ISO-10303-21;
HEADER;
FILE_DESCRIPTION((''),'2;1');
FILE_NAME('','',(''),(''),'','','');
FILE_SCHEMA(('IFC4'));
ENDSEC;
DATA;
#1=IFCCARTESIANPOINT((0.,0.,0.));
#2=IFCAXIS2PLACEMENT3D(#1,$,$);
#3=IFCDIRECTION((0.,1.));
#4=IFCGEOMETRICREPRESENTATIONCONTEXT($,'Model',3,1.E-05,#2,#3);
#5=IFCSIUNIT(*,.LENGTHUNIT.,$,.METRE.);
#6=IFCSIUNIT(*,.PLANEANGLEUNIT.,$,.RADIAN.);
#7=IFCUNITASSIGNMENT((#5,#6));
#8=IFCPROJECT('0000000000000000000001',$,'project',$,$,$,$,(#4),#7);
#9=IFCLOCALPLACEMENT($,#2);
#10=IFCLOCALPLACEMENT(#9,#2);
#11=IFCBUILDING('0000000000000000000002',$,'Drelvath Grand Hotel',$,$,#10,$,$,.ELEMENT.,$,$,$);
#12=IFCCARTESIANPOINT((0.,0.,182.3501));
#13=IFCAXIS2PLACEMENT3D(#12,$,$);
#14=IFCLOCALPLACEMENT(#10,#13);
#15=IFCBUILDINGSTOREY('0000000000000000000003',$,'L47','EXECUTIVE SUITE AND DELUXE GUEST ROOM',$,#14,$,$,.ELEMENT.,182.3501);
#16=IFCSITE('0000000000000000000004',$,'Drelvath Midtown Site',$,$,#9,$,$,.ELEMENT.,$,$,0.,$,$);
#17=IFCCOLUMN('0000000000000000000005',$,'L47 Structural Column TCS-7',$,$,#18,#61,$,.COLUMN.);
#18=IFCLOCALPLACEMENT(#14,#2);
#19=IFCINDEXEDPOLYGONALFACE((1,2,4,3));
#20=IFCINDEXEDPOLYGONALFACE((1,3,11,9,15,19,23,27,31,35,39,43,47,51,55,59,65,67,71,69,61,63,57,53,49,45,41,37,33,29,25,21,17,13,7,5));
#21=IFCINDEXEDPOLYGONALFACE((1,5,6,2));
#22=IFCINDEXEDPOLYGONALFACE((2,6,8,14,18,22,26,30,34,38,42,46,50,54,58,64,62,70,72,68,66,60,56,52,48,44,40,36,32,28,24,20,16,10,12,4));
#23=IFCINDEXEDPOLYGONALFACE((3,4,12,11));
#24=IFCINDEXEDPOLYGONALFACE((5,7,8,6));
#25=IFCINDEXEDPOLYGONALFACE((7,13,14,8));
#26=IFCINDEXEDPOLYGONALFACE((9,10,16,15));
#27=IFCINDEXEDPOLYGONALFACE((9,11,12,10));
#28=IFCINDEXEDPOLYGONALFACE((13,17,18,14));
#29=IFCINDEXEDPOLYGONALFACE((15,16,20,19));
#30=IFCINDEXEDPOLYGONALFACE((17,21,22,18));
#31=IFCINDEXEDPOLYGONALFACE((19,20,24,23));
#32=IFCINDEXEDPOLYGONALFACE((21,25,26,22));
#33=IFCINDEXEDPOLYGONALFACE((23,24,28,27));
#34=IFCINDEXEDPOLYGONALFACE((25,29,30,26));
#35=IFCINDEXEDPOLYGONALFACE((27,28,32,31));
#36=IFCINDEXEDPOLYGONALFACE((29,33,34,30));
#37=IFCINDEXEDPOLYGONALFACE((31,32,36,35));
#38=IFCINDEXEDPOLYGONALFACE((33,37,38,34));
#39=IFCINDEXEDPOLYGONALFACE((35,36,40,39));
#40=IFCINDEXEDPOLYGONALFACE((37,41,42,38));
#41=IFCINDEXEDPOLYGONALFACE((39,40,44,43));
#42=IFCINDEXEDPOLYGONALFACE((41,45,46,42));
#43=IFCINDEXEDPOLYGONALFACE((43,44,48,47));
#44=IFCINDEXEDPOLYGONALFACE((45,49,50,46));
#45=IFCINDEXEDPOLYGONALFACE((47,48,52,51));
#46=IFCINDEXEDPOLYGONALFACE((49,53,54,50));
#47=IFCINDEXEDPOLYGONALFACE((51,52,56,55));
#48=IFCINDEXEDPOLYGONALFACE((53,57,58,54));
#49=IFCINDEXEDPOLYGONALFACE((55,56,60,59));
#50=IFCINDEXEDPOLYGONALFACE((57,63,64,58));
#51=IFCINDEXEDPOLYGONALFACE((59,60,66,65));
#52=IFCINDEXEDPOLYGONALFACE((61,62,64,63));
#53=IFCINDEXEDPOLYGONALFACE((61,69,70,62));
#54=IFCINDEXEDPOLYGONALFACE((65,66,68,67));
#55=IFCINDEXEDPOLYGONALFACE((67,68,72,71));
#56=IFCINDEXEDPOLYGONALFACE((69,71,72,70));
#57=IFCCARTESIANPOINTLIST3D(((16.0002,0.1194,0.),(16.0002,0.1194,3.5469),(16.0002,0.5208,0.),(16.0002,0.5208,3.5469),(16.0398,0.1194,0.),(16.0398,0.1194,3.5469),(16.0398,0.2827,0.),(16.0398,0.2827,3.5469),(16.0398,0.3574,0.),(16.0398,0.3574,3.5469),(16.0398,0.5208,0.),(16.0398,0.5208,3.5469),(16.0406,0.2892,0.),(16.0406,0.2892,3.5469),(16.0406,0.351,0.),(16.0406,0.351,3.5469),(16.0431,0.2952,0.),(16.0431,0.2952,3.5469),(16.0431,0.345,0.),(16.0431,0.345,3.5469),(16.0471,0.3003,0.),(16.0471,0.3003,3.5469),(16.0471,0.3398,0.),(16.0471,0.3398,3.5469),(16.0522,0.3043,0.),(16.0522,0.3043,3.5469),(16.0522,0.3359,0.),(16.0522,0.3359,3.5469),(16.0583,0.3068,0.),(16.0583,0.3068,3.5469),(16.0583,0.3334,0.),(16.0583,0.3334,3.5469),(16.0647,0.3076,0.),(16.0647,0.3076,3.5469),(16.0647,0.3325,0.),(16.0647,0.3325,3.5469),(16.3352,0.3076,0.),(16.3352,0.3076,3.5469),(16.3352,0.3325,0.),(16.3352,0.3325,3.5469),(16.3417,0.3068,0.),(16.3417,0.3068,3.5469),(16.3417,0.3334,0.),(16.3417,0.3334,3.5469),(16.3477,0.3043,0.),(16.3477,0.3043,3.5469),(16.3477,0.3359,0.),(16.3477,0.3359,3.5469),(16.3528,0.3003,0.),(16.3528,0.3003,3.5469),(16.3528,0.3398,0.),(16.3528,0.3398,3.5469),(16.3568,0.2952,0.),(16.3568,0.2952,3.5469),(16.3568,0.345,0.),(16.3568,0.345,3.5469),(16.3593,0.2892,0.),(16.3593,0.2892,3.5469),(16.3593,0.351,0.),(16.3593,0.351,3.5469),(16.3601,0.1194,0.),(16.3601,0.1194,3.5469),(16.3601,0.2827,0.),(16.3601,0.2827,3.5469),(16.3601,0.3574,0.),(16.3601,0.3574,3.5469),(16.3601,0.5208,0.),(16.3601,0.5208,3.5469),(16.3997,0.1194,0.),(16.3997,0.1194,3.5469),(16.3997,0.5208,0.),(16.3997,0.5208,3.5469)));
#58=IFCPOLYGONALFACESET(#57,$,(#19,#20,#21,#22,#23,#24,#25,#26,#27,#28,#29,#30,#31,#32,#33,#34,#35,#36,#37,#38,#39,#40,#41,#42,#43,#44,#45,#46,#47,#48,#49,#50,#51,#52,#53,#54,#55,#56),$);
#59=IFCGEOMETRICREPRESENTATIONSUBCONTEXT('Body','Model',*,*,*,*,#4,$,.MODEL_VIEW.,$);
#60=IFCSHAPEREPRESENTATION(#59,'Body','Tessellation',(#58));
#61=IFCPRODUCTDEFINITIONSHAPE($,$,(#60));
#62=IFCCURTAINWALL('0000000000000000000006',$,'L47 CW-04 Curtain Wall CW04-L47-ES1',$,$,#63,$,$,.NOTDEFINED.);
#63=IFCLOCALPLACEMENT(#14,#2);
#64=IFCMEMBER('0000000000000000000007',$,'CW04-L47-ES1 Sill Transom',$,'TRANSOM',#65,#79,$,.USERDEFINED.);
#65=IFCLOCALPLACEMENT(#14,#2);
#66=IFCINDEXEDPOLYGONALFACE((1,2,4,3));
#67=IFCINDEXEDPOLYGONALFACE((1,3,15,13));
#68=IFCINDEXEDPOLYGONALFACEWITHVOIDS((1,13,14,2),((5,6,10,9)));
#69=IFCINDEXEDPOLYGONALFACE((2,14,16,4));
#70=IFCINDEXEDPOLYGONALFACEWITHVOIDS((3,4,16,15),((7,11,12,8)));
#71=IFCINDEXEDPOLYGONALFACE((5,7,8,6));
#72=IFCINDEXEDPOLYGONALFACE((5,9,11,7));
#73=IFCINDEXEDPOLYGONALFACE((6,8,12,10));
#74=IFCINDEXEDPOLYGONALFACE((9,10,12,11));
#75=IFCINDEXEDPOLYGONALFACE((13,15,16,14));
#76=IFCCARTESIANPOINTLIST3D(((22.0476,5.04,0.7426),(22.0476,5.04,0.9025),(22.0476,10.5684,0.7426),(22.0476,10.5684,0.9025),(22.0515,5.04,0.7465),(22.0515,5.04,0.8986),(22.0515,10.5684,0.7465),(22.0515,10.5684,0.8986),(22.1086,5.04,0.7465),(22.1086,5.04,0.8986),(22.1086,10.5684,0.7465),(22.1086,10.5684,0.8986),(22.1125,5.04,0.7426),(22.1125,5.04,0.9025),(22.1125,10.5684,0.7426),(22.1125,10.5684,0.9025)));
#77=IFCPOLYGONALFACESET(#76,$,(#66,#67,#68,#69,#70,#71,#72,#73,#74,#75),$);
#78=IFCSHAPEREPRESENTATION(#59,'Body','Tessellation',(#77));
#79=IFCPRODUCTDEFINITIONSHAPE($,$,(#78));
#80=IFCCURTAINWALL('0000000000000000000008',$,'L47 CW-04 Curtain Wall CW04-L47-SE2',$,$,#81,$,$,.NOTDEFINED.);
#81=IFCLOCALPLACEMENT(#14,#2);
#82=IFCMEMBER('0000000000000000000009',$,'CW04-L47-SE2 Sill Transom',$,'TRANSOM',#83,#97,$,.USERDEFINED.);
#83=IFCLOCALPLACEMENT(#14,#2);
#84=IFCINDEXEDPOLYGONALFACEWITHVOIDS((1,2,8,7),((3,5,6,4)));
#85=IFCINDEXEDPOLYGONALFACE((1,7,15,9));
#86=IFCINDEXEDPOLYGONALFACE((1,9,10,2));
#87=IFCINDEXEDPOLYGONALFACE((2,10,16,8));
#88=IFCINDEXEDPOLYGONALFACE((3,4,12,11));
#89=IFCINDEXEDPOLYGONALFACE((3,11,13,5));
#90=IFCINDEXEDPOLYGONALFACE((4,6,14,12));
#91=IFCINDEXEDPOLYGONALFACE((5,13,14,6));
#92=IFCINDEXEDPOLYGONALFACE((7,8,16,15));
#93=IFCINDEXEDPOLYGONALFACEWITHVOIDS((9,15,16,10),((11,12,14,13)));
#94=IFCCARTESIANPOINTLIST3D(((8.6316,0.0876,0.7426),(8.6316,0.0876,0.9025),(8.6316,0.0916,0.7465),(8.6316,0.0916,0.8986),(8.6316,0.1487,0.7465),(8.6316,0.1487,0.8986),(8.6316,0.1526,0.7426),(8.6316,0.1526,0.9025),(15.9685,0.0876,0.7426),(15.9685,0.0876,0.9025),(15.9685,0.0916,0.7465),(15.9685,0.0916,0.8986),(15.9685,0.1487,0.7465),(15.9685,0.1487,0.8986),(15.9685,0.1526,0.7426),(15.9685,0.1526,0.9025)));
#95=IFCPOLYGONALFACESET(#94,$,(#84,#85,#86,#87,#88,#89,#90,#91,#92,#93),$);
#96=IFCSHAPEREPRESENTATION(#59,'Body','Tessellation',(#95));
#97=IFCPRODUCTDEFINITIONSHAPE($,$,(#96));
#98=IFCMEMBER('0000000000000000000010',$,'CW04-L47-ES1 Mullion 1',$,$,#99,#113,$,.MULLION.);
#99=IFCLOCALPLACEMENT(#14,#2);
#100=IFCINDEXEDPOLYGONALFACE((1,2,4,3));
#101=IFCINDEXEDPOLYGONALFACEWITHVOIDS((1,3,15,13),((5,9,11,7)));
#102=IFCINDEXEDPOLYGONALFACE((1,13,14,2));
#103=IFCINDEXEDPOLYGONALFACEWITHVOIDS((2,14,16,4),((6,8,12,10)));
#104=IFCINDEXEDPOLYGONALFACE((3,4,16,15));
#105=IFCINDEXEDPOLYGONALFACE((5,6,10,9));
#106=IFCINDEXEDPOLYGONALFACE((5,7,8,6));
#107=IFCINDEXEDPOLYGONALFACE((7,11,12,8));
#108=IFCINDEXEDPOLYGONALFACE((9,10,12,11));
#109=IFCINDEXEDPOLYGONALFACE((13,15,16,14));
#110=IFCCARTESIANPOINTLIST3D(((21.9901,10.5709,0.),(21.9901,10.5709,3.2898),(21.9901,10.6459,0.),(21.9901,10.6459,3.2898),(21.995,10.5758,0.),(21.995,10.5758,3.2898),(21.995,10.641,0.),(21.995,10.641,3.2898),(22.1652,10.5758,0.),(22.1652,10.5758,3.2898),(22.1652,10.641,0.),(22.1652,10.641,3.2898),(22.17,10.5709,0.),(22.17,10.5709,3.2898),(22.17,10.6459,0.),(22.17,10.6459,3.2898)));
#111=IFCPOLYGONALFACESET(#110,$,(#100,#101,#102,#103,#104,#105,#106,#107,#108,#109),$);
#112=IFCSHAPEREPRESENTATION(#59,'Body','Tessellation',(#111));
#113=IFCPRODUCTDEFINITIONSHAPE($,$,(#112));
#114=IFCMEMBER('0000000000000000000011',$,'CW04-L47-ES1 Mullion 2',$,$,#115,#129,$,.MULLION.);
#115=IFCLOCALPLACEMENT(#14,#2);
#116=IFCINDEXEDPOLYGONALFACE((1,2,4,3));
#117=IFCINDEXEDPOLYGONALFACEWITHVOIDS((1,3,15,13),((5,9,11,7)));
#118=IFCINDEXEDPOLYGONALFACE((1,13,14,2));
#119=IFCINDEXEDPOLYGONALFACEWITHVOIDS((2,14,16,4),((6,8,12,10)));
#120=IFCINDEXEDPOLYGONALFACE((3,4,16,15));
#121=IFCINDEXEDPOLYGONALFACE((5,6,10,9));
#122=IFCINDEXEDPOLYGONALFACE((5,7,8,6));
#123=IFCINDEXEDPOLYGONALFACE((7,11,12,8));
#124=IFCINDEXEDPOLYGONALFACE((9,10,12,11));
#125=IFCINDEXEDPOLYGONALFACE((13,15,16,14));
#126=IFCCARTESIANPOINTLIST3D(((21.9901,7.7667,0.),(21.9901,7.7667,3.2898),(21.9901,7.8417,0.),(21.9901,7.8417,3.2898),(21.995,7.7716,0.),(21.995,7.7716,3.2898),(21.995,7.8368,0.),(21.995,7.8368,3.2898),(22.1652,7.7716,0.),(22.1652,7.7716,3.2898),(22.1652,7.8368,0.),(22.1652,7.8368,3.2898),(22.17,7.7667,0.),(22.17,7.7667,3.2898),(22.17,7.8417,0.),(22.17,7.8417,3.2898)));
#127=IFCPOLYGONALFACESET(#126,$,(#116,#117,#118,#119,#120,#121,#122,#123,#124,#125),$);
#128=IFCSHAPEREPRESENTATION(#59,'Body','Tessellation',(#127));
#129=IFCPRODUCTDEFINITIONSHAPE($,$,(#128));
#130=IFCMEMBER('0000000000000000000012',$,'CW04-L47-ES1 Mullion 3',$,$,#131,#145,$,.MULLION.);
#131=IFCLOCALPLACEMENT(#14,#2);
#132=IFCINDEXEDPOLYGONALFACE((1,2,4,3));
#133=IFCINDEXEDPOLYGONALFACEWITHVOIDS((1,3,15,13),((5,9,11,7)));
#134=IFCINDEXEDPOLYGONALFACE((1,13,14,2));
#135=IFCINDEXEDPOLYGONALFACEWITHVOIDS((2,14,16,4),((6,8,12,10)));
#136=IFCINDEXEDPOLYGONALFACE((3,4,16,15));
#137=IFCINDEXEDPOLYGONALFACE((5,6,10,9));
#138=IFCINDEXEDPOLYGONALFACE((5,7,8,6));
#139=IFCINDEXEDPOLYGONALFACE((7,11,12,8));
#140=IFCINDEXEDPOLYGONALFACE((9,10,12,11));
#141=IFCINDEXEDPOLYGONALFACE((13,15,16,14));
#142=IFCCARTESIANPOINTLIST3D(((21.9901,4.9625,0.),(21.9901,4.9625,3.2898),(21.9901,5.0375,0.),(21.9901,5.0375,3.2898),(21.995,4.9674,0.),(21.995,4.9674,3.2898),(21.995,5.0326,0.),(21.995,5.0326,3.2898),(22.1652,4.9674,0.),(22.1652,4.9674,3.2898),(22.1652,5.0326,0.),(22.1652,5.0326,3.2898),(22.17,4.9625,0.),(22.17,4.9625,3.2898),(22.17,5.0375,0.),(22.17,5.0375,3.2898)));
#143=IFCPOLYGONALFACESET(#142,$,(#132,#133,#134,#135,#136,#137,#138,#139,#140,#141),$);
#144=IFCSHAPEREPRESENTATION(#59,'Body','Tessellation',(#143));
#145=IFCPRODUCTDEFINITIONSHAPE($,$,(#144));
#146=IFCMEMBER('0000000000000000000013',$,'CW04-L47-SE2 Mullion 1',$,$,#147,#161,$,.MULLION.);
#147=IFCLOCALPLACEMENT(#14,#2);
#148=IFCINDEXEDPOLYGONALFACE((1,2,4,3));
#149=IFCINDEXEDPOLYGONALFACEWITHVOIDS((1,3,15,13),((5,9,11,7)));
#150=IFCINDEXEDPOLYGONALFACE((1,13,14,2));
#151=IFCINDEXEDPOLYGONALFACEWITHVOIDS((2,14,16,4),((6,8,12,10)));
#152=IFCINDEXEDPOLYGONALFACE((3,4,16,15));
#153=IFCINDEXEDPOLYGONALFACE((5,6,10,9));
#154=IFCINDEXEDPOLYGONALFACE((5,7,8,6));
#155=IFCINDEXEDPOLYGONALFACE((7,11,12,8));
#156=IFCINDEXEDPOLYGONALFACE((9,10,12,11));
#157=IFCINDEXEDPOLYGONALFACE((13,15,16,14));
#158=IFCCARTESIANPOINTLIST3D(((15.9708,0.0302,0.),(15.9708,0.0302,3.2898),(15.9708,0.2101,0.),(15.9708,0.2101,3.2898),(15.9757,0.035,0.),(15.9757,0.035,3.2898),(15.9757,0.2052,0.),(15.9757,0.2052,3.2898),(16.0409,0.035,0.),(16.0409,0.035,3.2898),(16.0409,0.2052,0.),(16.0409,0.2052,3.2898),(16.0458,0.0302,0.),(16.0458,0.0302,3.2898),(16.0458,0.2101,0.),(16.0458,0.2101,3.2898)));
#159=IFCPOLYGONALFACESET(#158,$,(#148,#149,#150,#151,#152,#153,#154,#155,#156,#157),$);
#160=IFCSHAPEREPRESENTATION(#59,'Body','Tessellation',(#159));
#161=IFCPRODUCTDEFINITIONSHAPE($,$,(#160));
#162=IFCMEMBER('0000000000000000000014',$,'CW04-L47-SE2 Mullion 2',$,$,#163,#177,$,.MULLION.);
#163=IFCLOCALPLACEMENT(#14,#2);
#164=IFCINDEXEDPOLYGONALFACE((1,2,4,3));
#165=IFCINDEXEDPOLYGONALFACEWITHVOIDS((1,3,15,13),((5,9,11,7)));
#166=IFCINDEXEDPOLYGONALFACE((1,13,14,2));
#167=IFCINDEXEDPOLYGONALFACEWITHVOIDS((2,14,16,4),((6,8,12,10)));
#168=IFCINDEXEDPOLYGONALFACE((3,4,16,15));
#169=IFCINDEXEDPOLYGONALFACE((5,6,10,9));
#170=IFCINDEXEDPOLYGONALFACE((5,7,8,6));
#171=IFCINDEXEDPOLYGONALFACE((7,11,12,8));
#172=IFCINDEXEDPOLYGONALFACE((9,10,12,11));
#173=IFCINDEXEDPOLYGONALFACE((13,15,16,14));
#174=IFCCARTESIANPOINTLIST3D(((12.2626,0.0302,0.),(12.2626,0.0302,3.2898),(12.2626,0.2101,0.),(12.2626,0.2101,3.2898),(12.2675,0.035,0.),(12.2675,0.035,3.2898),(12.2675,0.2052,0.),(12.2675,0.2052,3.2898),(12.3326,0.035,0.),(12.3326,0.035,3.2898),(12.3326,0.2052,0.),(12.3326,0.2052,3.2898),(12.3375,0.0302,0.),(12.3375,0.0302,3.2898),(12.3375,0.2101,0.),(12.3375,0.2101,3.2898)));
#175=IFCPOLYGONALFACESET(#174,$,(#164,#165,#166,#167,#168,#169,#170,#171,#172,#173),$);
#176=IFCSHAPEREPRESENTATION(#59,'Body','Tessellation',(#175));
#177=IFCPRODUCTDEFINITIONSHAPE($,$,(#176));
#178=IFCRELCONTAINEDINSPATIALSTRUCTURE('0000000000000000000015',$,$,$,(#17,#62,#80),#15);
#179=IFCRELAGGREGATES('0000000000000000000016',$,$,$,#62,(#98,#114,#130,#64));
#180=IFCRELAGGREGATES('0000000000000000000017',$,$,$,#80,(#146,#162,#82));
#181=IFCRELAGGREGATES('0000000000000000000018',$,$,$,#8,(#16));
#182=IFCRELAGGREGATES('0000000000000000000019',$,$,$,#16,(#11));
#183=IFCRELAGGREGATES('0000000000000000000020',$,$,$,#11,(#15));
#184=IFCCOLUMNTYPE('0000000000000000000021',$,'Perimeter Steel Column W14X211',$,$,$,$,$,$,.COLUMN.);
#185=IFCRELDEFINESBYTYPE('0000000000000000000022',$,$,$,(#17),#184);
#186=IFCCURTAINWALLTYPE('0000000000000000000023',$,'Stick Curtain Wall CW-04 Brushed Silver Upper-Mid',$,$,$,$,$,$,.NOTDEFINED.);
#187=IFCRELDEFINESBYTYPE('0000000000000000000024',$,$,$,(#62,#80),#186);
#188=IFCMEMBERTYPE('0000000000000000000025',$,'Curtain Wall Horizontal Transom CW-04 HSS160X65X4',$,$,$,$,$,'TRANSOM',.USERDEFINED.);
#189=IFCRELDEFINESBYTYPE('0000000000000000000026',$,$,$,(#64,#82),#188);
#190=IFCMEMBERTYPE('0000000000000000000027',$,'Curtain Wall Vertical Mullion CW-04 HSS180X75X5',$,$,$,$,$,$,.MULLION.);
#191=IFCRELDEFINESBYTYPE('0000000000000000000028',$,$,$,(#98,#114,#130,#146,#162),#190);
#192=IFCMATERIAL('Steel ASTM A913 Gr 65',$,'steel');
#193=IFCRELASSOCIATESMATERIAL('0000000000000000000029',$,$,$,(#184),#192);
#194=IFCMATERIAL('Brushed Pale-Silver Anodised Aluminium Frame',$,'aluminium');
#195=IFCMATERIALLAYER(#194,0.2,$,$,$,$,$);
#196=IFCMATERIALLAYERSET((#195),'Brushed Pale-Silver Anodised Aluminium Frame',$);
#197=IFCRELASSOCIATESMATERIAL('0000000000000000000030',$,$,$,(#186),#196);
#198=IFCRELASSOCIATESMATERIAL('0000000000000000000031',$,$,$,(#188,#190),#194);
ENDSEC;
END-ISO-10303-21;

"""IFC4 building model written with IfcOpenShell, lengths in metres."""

from ifc_helpers import new_model, si_unit, direction, frame, origin, origin_2d, place, context, subcontext, project, spatial, hollow_rectangle, i_section, extrude, material, layer, layer_set, material_profile, profile_set, type_object, element, aggregate, save


model = new_model("IFC4")

# Units and contexts
model_context = context("Model", 3, precision=1e-05, world=origin(), true_north=direction((0.0, 1.0)))
body_context = subcontext(model_context, "Body", "Model", "MODEL_VIEW")
ifc_project = project(units=[si_unit("LENGTHUNIT", "METRE"), si_unit("PLANEANGLEUNIT", "RADIAN")], contexts=[model_context])

# Site, building, storey
site_placement = place(None, origin())
site = spatial("IfcSite", under=ifc_project, at=site_placement, Name="Drelvath Midtown Site", CompositionType="ELEMENT", RefElevation=0.0)
building_placement = place(site_placement, origin())
building = spatial("IfcBuilding", under=site, at=building_placement, Name="Drelvath Grand Hotel", CompositionType="ELEMENT")
storey_placement = place(building_placement, frame((0.0, 0.0, 182.3501)))
storey = spatial("IfcBuildingStorey", under=building, at=storey_placement, Name="L47", Description="EXECUTIVE SUITE AND DELUXE GUEST ROOM", CompositionType="ELEMENT", Elevation=182.3501)

# Column
ifc_material_1 = material(Name="Steel ASTM A913 Gr 65", Category="steel")
ifc_material_profile_1 = material_profile(ifc_material_1, i_section(OverallWidth=0.4014, OverallDepth=0.3994, WebThickness=0.0249, FlangeThickness=0.0396, FilletRadius=0.0249, at=origin_2d()), Name="W14X211")
ifc_profile_set_1 = profile_set([ifc_material_profile_1], Name="Steel ASTM A913 Gr 65")
column_type = type_object("IfcColumnType", Name="Perimeter Steel Column W14X211", PredefinedType="COLUMN", material=ifc_profile_set_1)
column_placement = place(storey_placement, frame((16.2, 0.3201, 0.0), z_axis=(0.0, 0.0, 1.0), x_axis=(0.0, 1.0, 0.0)))
element("IfcColumn", 1, at=column_placement, inside=storey, type_object=column_type, Name="L47 Structural Column TCS-7", PredefinedType="COLUMN", context=body_context, shape_type="SweptSolid", body=[
    extrude(i_section(OverallWidth=0.4014, OverallDepth=0.3994, WebThickness=0.0249, FlangeThickness=0.0396, FilletRadius=0.0249, at=origin_2d()), origin(), (0.0, 0.0, 1.0), 3.5469),
])

# Curtain walls, members
ifc_material_2 = material(Name="Brushed Pale-Silver Anodised Aluminium Frame", Category="aluminium")
ifc_layer_1 = layer(ifc_material_2, 0.2)
ifc_layer_set_1 = layer_set([ifc_layer_1], Name="Brushed Pale-Silver Anodised Aluminium Frame")
curtain_wall_type = type_object("IfcCurtainWallType", Name="Stick Curtain Wall CW-04 Brushed Silver Upper-Mid", PredefinedType="NOTDEFINED", material=ifc_layer_set_1)
curtain_wall_1_placement = place(storey_placement, origin())
curtain_wall_1 = element("IfcCurtainWall", 2, at=curtain_wall_1_placement, inside=storey, type_object=curtain_wall_type, Name="L47 CW-04 Curtain Wall CW04-L47-ES1", PredefinedType="NOTDEFINED")
ifc_material_profile_2 = material_profile(ifc_material_2, hollow_rectangle(XDim=0.0649, YDim=0.1599, WallThickness=0.0039, at=origin_2d()), Name="HSS160X65X4")
ifc_profile_set_2 = profile_set([ifc_material_profile_2], Name="Brushed Pale-Silver Anodised Aluminium Frame")
member_type_1 = type_object("IfcMemberType", Name="Curtain Wall Horizontal Transom CW-04 HSS160X65X4", ElementType="TRANSOM", PredefinedType="USERDEFINED", material=ifc_profile_set_2)
member_1_placement = place(storey_placement, frame((22.0801, 10.5684, 0.8225), z_axis=(0.0, -1.0, 0.0), x_axis=(1.0, 0.0, 0.0)))
member_1 = element("IfcMember", 3, at=member_1_placement, type_object=member_type_1, Name="CW04-L47-ES1 Sill Transom", ObjectType="TRANSOM", PredefinedType="USERDEFINED", context=body_context, shape_type="SweptSolid", body=[
    extrude(hollow_rectangle(XDim=0.0649, YDim=0.1599, WallThickness=0.0039, at=origin_2d()), origin(), (0.0, 0.0, 1.0), 5.5283),
])
curtain_wall_2_placement = place(storey_placement, origin())
curtain_wall_2 = element("IfcCurtainWall", 4, at=curtain_wall_2_placement, inside=storey, type_object=curtain_wall_type, Name="L47 CW-04 Curtain Wall CW04-L47-SE2", PredefinedType="NOTDEFINED")
member_2_placement = place(storey_placement, frame((15.9685, 0.1201, 0.8225), z_axis=(-1.0, 0.0, 0.0), x_axis=(0.0, -1.0, 0.0)))
member_2 = element("IfcMember", 5, at=member_2_placement, type_object=member_type_1, Name="CW04-L47-SE2 Sill Transom", ObjectType="TRANSOM", PredefinedType="USERDEFINED", context=body_context, shape_type="SweptSolid", body=[
    extrude(hollow_rectangle(XDim=0.0649, YDim=0.1599, WallThickness=0.0039, at=origin_2d()), origin(), (0.0, 0.0, 1.0), 7.3369),
])

# Members
ifc_material_profile_3 = material_profile(ifc_material_2, hollow_rectangle(XDim=0.075, YDim=0.1799, WallThickness=0.0049, at=origin_2d()), Name="HSS180X75X5")
ifc_profile_set_3 = profile_set([ifc_material_profile_3], Name="Brushed Pale-Silver Anodised Aluminium Frame")
member_type_2 = type_object("IfcMemberType", Name="Curtain Wall Vertical Mullion CW-04 HSS180X75X5", PredefinedType="MULLION", material=ifc_profile_set_3)
member_3_placement = place(storey_placement, frame((22.0801, 10.6084, 0.0), z_axis=(0.0, 0.0, 1.0), x_axis=(0.0, 1.0, 0.0)))
member_3 = element("IfcMember", 6, at=member_3_placement, type_object=member_type_2, Name="CW04-L47-ES1 Mullion 1", PredefinedType="MULLION", context=body_context, shape_type="SweptSolid", body=[
    extrude(hollow_rectangle(XDim=0.075, YDim=0.1799, WallThickness=0.0049, at=origin_2d()), origin(), (0.0, 0.0, 1.0), 3.2898),
])
member_4_placement = place(storey_placement, frame((22.0801, 7.8042, 0.0), z_axis=(0.0, 0.0, 1.0), x_axis=(0.0, 1.0, 0.0)))
member_4 = element("IfcMember", 7, at=member_4_placement, type_object=member_type_2, Name="CW04-L47-ES1 Mullion 2", PredefinedType="MULLION", context=body_context, shape_type="SweptSolid", body=[
    extrude(hollow_rectangle(XDim=0.075, YDim=0.1799, WallThickness=0.0049, at=origin_2d()), origin(), (0.0, 0.0, 1.0), 3.2898),
])
member_5_placement = place(storey_placement, frame((22.0801, 5.0, 0.0), z_axis=(0.0, 0.0, 1.0), x_axis=(0.0, 1.0, 0.0)))
member_5 = element("IfcMember", 8, at=member_5_placement, type_object=member_type_2, Name="CW04-L47-ES1 Mullion 3", PredefinedType="MULLION", context=body_context, shape_type="SweptSolid", body=[
    extrude(hollow_rectangle(XDim=0.075, YDim=0.1799, WallThickness=0.0049, at=origin_2d()), origin(), (0.0, 0.0, 1.0), 3.2898),
])
member_6_placement = place(storey_placement, frame((16.0083, 0.1201, 0.0), z_axis=(0.0, 0.0, 1.0), x_axis=(1.0, 0.0, 0.0)))
member_6 = element("IfcMember", 9, at=member_6_placement, type_object=member_type_2, Name="CW04-L47-SE2 Mullion 1", PredefinedType="MULLION", context=body_context, shape_type="SweptSolid", body=[
    extrude(hollow_rectangle(XDim=0.075, YDim=0.1799, WallThickness=0.0049, at=origin_2d()), origin(), (0.0, 0.0, 1.0), 3.2898),
])
member_7_placement = place(storey_placement, frame((12.3, 0.1201, 0.0), z_axis=(0.0, 0.0, 1.0), x_axis=(1.0, 0.0, 0.0)))
member_7 = element("IfcMember", 10, at=member_7_placement, type_object=member_type_2, Name="CW04-L47-SE2 Mullion 2", PredefinedType="MULLION", context=body_context, shape_type="SweptSolid", body=[
    extrude(hollow_rectangle(XDim=0.075, YDim=0.1799, WallThickness=0.0049, at=origin_2d()), origin(), (0.0, 0.0, 1.0), 3.2898),
])

aggregate(curtain_wall_1, [member_3, member_4, member_5, member_1])
aggregate(curtain_wall_2, [member_6, member_7, member_2])

save(model, "model.ifc")
